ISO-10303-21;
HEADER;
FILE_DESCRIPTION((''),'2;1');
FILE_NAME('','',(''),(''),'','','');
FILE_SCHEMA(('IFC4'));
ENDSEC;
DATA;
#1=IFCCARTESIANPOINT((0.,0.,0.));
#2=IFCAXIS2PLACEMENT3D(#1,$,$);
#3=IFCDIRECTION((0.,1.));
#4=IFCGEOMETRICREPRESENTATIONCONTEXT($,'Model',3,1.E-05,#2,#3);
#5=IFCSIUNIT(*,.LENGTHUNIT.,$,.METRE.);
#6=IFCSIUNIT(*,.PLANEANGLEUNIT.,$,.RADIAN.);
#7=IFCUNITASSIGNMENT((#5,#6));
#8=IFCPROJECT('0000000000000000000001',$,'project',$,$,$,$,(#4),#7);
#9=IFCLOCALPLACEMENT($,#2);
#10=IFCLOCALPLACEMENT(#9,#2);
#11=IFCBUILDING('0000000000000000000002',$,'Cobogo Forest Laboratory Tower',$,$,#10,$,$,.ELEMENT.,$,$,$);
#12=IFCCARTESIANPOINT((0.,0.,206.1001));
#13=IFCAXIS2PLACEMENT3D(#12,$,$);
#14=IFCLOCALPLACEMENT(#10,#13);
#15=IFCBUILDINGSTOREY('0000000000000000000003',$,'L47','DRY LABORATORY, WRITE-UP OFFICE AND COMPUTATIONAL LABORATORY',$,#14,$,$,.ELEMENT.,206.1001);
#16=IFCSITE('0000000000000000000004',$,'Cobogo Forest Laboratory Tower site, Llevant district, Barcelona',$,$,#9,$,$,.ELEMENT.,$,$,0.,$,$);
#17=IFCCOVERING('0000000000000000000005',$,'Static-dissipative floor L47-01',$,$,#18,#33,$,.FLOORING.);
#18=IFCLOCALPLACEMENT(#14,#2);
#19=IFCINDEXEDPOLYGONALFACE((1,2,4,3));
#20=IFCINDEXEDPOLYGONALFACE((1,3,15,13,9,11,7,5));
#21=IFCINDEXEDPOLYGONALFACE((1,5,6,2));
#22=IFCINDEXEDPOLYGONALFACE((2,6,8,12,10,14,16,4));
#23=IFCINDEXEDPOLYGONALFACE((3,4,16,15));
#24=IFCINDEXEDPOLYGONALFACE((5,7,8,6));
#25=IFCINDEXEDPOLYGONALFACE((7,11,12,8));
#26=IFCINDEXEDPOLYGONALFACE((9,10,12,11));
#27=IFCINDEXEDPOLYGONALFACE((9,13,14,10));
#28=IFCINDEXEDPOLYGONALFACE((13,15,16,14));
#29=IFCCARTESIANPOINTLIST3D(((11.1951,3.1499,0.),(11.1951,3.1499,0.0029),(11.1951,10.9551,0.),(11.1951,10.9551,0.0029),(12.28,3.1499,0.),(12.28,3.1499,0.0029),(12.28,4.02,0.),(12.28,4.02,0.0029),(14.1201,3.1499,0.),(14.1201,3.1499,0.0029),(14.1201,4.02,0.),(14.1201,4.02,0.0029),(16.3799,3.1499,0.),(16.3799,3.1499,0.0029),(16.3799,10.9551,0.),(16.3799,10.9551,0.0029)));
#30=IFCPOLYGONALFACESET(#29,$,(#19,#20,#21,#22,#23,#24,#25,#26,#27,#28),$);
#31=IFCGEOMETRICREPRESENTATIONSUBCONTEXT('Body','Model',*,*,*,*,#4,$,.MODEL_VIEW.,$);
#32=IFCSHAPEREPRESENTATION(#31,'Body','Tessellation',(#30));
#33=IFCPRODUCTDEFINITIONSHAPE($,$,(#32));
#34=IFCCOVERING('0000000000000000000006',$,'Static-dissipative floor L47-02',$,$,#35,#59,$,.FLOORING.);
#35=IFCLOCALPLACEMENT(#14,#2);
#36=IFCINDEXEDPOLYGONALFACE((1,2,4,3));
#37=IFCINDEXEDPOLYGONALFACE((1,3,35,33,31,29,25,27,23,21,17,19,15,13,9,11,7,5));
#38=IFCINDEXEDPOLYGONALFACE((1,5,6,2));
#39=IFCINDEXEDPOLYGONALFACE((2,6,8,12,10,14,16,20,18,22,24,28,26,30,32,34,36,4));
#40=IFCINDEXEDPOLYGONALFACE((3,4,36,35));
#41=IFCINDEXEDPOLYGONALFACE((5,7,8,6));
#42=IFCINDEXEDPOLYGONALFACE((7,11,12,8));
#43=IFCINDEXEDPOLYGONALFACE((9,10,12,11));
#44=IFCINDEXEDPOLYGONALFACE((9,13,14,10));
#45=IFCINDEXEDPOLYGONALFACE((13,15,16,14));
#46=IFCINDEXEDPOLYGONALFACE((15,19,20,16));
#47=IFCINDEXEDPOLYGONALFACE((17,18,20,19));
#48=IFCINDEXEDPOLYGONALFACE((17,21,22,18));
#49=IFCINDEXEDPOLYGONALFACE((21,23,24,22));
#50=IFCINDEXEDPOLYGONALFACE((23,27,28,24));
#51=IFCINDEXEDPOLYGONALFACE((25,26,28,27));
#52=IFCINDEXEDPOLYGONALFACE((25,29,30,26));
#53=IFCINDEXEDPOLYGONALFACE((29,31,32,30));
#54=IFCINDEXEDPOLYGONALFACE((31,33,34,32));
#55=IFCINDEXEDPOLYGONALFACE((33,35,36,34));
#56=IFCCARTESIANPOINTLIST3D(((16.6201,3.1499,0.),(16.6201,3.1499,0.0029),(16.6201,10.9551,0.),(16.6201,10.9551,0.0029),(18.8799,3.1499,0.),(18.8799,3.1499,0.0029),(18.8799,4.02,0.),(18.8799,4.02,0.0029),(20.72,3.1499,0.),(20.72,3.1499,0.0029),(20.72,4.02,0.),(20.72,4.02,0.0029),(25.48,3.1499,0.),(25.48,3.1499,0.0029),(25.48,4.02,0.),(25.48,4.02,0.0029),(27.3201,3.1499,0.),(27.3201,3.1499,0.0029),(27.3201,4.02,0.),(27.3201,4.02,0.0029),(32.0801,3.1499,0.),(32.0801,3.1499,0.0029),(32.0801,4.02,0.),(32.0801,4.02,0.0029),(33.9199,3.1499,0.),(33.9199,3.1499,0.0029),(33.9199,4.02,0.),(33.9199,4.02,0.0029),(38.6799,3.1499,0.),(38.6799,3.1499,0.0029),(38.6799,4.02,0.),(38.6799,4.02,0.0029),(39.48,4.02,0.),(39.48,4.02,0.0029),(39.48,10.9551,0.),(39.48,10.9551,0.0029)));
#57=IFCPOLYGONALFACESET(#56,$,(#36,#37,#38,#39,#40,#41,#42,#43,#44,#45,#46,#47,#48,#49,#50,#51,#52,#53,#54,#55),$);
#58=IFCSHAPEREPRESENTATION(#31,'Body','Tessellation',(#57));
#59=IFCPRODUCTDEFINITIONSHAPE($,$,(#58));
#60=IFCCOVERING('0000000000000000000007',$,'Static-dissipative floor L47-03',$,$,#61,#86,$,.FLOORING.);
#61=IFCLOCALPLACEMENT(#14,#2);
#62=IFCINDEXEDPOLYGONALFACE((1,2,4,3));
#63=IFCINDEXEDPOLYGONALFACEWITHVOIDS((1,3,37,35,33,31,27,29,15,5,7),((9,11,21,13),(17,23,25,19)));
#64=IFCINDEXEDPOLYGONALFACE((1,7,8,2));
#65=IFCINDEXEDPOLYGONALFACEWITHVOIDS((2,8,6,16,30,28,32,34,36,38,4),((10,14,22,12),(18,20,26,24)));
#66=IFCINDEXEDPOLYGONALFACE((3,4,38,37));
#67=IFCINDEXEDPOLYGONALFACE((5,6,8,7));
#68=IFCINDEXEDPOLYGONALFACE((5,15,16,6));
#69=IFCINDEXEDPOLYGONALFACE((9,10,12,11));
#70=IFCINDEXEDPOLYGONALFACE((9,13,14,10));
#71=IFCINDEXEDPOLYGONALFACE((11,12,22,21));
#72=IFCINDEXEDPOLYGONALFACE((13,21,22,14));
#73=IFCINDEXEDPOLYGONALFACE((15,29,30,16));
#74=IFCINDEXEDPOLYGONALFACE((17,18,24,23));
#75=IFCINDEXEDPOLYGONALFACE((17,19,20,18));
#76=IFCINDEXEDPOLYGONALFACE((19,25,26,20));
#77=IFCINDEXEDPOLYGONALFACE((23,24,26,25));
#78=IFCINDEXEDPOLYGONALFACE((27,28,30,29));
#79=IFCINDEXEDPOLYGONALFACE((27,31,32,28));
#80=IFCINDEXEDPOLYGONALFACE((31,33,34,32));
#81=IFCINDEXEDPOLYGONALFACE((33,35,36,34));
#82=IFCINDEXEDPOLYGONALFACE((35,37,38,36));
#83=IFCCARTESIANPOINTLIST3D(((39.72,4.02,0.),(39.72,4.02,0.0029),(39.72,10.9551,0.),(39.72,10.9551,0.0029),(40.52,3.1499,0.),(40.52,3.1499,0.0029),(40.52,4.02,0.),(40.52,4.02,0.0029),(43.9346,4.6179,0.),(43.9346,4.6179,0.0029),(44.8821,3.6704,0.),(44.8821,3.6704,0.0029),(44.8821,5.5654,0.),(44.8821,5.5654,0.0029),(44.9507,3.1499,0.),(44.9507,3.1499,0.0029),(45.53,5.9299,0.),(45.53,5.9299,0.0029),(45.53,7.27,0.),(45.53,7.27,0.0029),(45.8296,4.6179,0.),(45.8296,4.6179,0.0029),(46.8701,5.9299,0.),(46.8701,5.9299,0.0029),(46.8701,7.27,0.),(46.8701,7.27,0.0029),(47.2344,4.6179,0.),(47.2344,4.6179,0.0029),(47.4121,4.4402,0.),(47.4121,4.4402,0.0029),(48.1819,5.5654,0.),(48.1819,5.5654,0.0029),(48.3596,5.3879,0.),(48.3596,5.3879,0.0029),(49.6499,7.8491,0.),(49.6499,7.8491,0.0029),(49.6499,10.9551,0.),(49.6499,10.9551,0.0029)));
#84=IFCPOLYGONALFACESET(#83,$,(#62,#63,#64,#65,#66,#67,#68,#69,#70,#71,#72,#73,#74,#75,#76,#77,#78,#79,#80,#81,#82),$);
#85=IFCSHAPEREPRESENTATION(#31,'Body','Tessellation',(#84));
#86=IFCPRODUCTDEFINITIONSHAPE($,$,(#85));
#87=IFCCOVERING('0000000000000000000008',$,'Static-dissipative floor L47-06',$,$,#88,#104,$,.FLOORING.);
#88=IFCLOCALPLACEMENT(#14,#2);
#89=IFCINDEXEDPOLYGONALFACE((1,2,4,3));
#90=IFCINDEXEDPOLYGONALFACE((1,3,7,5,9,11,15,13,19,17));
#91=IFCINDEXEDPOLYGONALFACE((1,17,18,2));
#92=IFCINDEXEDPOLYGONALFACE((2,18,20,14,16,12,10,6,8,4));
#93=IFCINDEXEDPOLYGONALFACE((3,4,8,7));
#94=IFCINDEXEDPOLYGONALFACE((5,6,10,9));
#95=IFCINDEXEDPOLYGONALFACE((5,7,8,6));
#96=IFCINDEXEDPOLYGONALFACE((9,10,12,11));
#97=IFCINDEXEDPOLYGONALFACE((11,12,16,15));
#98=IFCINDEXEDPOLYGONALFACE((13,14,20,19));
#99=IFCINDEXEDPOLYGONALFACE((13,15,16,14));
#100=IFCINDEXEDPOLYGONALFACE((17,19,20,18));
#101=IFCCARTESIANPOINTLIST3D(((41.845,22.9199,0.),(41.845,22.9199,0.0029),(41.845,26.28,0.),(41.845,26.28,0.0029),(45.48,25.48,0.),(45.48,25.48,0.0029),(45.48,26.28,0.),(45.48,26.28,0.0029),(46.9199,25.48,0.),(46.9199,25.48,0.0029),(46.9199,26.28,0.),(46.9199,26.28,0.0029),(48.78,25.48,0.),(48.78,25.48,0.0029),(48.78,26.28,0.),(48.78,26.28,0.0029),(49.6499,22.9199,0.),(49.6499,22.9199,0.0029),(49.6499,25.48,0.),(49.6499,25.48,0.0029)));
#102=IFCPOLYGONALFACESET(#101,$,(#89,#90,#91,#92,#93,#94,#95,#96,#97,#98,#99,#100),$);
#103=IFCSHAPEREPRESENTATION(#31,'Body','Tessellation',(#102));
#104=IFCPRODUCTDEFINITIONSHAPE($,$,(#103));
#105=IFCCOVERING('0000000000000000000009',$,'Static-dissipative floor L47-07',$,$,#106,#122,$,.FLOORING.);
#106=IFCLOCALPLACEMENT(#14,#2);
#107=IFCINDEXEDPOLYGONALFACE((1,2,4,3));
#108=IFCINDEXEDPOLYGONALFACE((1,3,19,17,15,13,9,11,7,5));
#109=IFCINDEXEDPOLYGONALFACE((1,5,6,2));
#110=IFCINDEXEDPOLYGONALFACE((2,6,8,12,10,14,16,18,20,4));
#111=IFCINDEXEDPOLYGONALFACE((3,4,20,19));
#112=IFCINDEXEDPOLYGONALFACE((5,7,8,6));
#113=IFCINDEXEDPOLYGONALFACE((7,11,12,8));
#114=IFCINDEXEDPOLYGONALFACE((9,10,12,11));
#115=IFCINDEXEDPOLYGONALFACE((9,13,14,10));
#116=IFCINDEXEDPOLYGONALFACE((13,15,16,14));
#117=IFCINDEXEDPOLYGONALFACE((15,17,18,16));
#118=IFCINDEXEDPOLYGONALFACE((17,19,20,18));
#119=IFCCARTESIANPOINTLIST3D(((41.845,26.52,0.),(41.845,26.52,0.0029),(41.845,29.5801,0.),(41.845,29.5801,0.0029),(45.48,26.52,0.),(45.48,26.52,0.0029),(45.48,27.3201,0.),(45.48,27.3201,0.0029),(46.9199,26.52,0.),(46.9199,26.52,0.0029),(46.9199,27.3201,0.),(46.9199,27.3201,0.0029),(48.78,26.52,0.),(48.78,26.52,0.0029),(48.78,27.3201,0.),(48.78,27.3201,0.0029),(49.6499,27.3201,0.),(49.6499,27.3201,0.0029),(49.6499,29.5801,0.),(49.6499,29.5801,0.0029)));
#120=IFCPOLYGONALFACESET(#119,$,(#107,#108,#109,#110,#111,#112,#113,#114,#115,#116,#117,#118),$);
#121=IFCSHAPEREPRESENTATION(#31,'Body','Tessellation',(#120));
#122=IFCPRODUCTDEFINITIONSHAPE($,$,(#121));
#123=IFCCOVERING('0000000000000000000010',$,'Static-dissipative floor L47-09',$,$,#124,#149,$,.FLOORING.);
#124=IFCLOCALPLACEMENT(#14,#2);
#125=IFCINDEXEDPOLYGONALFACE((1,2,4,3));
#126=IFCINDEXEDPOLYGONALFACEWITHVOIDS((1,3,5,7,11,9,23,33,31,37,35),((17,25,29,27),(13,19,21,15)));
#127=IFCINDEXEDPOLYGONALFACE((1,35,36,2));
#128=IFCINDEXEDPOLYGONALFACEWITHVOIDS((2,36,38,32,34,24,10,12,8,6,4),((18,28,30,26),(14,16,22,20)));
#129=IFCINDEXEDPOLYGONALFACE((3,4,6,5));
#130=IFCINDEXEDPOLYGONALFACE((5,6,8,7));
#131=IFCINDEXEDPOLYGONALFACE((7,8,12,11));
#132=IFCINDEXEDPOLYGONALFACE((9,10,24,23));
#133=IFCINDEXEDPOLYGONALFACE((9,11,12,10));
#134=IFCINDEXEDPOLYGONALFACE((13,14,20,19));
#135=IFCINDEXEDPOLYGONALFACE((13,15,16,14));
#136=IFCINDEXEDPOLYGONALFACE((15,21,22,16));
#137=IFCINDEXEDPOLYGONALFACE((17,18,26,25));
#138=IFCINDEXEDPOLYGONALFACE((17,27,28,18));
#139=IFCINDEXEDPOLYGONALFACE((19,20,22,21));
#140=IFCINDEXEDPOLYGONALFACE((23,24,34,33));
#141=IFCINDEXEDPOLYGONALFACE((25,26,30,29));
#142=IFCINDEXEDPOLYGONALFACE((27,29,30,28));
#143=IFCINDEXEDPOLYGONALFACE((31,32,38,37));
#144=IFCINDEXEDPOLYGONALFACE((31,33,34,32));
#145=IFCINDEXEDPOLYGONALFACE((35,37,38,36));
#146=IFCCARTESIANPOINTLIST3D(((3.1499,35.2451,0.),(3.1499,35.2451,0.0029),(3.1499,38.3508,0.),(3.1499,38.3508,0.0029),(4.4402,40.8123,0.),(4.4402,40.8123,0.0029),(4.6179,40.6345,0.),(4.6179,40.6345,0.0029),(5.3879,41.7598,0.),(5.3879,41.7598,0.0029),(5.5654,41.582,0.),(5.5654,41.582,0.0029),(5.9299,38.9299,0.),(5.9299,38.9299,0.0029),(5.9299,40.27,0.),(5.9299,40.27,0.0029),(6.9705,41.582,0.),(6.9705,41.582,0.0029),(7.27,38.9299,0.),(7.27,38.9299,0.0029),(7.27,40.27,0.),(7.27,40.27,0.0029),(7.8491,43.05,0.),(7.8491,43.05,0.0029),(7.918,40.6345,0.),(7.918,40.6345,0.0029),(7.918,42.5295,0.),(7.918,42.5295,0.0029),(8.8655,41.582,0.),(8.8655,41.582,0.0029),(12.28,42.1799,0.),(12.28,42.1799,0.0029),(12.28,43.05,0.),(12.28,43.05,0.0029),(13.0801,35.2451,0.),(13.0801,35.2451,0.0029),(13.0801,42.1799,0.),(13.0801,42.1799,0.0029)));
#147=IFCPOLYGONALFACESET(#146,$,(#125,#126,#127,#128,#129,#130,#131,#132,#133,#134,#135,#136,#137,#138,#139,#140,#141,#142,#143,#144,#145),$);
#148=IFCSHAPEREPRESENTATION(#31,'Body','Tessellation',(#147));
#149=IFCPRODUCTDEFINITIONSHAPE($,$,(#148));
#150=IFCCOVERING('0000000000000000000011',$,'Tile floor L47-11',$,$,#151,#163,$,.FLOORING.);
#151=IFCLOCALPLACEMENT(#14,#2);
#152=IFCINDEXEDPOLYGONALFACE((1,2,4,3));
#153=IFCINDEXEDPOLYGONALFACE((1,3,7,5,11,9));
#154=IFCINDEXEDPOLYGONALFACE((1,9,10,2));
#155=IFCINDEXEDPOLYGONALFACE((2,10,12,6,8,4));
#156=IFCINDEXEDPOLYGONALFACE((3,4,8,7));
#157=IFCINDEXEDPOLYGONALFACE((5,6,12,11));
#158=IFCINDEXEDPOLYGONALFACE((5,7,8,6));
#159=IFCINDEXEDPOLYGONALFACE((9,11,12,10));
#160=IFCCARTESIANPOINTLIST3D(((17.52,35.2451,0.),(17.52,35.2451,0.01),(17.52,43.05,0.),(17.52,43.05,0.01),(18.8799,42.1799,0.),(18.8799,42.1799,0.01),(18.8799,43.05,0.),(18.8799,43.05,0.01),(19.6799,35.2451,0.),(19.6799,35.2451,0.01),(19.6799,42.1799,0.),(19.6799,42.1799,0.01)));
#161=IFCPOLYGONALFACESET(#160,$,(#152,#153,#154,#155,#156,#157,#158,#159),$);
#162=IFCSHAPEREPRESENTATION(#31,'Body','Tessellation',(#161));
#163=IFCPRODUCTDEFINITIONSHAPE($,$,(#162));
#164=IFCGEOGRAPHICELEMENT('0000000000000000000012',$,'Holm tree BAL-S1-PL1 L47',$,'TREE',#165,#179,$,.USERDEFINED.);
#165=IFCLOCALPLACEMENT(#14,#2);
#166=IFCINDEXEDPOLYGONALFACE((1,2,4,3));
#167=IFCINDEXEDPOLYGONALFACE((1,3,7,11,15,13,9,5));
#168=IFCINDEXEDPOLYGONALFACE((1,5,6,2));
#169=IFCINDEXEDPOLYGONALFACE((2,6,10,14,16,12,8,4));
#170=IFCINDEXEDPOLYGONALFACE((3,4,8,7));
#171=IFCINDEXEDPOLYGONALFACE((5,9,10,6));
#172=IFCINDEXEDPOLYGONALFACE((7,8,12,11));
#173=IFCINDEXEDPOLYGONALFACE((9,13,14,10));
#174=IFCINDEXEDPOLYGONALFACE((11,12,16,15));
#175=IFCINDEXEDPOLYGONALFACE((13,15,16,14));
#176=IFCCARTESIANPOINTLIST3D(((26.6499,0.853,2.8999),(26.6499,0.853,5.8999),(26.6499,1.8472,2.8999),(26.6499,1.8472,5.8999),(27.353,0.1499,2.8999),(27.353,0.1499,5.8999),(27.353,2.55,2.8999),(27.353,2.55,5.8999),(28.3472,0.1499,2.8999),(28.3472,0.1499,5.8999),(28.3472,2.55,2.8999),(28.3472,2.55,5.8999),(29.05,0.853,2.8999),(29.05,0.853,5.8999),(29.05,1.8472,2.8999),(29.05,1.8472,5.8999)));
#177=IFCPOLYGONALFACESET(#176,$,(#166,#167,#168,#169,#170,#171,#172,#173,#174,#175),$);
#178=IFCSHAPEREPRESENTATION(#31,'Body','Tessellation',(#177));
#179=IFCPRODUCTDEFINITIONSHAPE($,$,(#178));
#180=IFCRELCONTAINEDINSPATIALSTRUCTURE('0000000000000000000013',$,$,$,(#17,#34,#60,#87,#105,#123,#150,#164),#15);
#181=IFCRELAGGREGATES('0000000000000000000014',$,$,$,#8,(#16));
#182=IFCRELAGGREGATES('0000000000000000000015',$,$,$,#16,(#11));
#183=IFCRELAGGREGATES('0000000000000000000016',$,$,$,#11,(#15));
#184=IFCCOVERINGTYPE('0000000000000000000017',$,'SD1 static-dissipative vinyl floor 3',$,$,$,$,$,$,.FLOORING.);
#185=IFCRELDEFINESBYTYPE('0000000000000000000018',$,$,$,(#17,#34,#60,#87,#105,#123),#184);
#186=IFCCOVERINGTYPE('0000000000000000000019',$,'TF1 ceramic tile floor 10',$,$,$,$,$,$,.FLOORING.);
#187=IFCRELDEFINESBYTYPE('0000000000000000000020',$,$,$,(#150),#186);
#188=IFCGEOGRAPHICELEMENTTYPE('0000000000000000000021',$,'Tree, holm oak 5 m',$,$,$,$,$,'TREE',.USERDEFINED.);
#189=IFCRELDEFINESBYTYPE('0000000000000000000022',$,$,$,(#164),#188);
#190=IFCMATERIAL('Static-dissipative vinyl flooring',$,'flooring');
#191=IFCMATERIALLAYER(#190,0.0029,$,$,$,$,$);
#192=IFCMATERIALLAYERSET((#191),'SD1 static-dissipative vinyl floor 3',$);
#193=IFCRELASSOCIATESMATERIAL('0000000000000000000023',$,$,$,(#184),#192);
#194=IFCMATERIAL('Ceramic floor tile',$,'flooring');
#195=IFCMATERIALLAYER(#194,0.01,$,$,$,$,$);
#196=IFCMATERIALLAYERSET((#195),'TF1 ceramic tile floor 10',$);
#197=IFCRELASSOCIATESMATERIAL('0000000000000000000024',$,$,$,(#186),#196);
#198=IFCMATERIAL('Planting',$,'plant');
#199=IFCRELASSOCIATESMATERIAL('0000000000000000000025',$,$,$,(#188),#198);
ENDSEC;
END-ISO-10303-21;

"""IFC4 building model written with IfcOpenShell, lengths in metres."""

from ifc_helpers import new_model, si_unit, direction, frame, origin, place, context, subcontext, project, spatial, polyline, outline, extrude, material, layer, layer_set, type_object, element, save


model = new_model("IFC4")

# Units and contexts
model_context = context("Model", 3, precision=1e-05, world=origin(), true_north=direction((0.0, 1.0)))
body_context = subcontext(model_context, "Body", "Model", "MODEL_VIEW")
ifc_project = project(units=[si_unit("LENGTHUNIT", "METRE"), si_unit("PLANEANGLEUNIT", "RADIAN")], contexts=[model_context])

# Site, building, storey
site_placement = place(None, origin())
site = spatial("IfcSite", under=ifc_project, at=site_placement, Name="Cobogo Forest Laboratory Tower site, Llevant district, Barcelona", CompositionType="ELEMENT", RefElevation=0.0)
building_placement = place(site_placement, origin())
building = spatial("IfcBuilding", under=site, at=building_placement, Name="Cobogo Forest Laboratory Tower", CompositionType="ELEMENT")
storey_placement = place(building_placement, frame((0.0, 0.0, 206.1001)))
storey = spatial("IfcBuildingStorey", under=building, at=storey_placement, Name="L47", Description="DRY LABORATORY, WRITE-UP OFFICE AND COMPUTATIONAL LABORATORY", CompositionType="ELEMENT", Elevation=206.1001)

# Coverings
ifc_material_1 = material(Name="Static-dissipative vinyl flooring", Category="flooring")
ifc_layer_1 = layer(ifc_material_1, 0.0029)
ifc_layer_set_1 = layer_set([ifc_layer_1], Name="SD1 static-dissipative vinyl floor 3")
covering_type_1 = type_object("IfcCoveringType", Name="SD1 static-dissipative vinyl floor 3", PredefinedType="FLOORING", material=ifc_layer_set_1)
covering_1_placement = place(storey_placement, origin())
element("IfcCovering", 1, at=covering_1_placement, inside=storey, type_object=covering_type_1, Name="Static-dissipative floor L47-01", PredefinedType="FLOORING", context=body_context, shape_type="SweptSolid", body=[
    extrude(outline(polyline([(16.3799, 10.9551), (16.3799, 3.1499), (14.1201, 3.1499), (14.1201, 4.02), (12.28, 4.02), (12.28, 3.1499), (11.1951, 3.1499), (11.1951, 10.9551), (16.3799, 10.9551)])), origin(), (0.0, 0.0, 1.0), 0.0029),
])
covering_2_placement = place(storey_placement, origin())
element("IfcCovering", 2, at=covering_2_placement, inside=storey, type_object=covering_type_1, Name="Static-dissipative floor L47-02", PredefinedType="FLOORING", context=body_context, shape_type="SweptSolid", body=[
    extrude(outline(polyline([(39.48, 10.9551), (39.48, 4.02), (38.6799, 4.02), (38.6799, 3.1499), (33.9199, 3.1499), (33.9199, 4.02), (32.0801, 4.02), (32.0801, 3.1499), (27.3201, 3.1499), (27.3201, 4.02), (25.48, 4.02), (25.48, 3.1499), (20.72, 3.1499), (20.72, 4.02), (18.8799, 4.02), (18.8799, 3.1499), (16.6201, 3.1499), (16.6201, 10.9551), (39.48, 10.9551)])), origin(), (0.0, 0.0, 1.0), 0.0029),
])
covering_3_placement = place(storey_placement, origin())
element("IfcCovering", 3, at=covering_3_placement, inside=storey, type_object=covering_type_1, Name="Static-dissipative floor L47-03", PredefinedType="FLOORING", context=body_context, shape_type="SweptSolid", body=[
    extrude(outline(polyline([(49.6499, 10.9551), (49.6499, 7.8491), (48.3596, 5.3879), (48.1819, 5.5654), (47.2344, 4.6179), (47.4121, 4.4402), (44.9507, 3.1499), (40.52, 3.1499), (40.52, 4.02), (39.72, 4.02), (39.72, 10.9551), (49.6499, 10.9551)]), holes=[polyline([(45.53, 5.9299), (46.8701, 5.9299), (46.8701, 7.27), (45.53, 7.27), (45.53, 5.9299)]), polyline([(44.8821, 3.6704), (45.8296, 4.6179), (44.8821, 5.5654), (43.9346, 4.6179), (44.8821, 3.6704)])]), origin(), (0.0, 0.0, 1.0), 0.0029),
])
covering_4_placement = place(storey_placement, origin())
element("IfcCovering", 4, at=covering_4_placement, inside=storey, type_object=covering_type_1, Name="Static-dissipative floor L47-06", PredefinedType="FLOORING", context=body_context, shape_type="SweptSolid", body=[
    extrude(outline(polyline([(41.845, 26.28), (45.48, 26.28), (45.48, 25.48), (46.9199, 25.48), (46.9199, 26.28), (48.78, 26.28), (48.78, 25.48), (49.6499, 25.48), (49.6499, 22.9199), (41.845, 22.9199), (41.845, 26.28)])), origin(), (0.0, 0.0, 1.0), 0.0029),
])
covering_5_placement = place(storey_placement, origin())
element("IfcCovering", 5, at=covering_5_placement, inside=storey, type_object=covering_type_1, Name="Static-dissipative floor L47-07", PredefinedType="FLOORING", context=body_context, shape_type="SweptSolid", body=[
    extrude(outline(polyline([(41.845, 29.5801), (49.6499, 29.5801), (49.6499, 27.3201), (48.78, 27.3201), (48.78, 26.52), (46.9199, 26.52), (46.9199, 27.3201), (45.48, 27.3201), (45.48, 26.52), (41.845, 26.52), (41.845, 29.5801)])), origin(), (0.0, 0.0, 1.0), 0.0029),
])
covering_6_placement = place(storey_placement, origin())
element("IfcCovering", 6, at=covering_6_placement, inside=storey, type_object=covering_type_1, Name="Static-dissipative floor L47-09", PredefinedType="FLOORING", context=body_context, shape_type="SweptSolid", body=[
    extrude(outline(polyline([(3.1499, 35.2451), (3.1499, 38.3508), (4.4402, 40.8123), (4.6179, 40.6345), (5.5654, 41.582), (5.3879, 41.7598), (7.8491, 43.05), (12.28, 43.05), (12.28, 42.1799), (13.0801, 42.1799), (13.0801, 35.2451), (3.1499, 35.2451)]), holes=[polyline([(7.918, 40.6345), (8.8655, 41.582), (7.918, 42.5295), (6.9705, 41.582), (7.918, 40.6345)]), polyline([(5.9299, 38.9299), (7.27, 38.9299), (7.27, 40.27), (5.9299, 40.27), (5.9299, 38.9299)])]), origin(), (0.0, 0.0, 1.0), 0.0029),
])
ifc_material_2 = material(Name="Ceramic floor tile", Category="flooring")
ifc_layer_2 = layer(ifc_material_2, 0.01)
ifc_layer_set_2 = layer_set([ifc_layer_2], Name="TF1 ceramic tile floor 10")
covering_type_2 = type_object("IfcCoveringType", Name="TF1 ceramic tile floor 10", PredefinedType="FLOORING", material=ifc_layer_set_2)
covering_7_placement = place(storey_placement, origin())
element("IfcCovering", 7, at=covering_7_placement, inside=storey, type_object=covering_type_2, Name="Tile floor L47-11", PredefinedType="FLOORING", context=body_context, shape_type="SweptSolid", body=[
    extrude(outline(polyline([(17.52, 35.2451), (17.52, 43.05), (18.8799, 43.05), (18.8799, 42.1799), (19.6799, 42.1799), (19.6799, 35.2451), (17.52, 35.2451)])), origin(), (0.0, 0.0, 1.0), 0.01),
])

# Geographic element
ifc_material_3 = material(Name="Planting", Category="plant")
geographic_element_type = type_object("IfcGeographicElementType", Name="Tree, holm oak 5 m", ElementType="TREE", PredefinedType="USERDEFINED", material=ifc_material_3)
geographic_element_1_placement = place(storey_placement, frame((0.0, 0.0, 2.8999)))
element("IfcGeographicElement", 8, at=geographic_element_1_placement, inside=storey, type_object=geographic_element_type, Name="Holm tree BAL-S1-PL1 L47", ObjectType="TREE", PredefinedType="USERDEFINED", context=body_context, shape_type="SweptSolid", body=[
    extrude(outline(polyline([(29.05, 0.853), (29.05, 1.8472), (28.3472, 2.55), (27.353, 2.55), (26.6499, 1.8472), (26.6499, 0.853), (27.353, 0.1499), (28.3472, 0.1499), (29.05, 0.853)])), origin(), (0.0, 0.0, 1.0), 3.0),
])

save(model, "model.ifc")
